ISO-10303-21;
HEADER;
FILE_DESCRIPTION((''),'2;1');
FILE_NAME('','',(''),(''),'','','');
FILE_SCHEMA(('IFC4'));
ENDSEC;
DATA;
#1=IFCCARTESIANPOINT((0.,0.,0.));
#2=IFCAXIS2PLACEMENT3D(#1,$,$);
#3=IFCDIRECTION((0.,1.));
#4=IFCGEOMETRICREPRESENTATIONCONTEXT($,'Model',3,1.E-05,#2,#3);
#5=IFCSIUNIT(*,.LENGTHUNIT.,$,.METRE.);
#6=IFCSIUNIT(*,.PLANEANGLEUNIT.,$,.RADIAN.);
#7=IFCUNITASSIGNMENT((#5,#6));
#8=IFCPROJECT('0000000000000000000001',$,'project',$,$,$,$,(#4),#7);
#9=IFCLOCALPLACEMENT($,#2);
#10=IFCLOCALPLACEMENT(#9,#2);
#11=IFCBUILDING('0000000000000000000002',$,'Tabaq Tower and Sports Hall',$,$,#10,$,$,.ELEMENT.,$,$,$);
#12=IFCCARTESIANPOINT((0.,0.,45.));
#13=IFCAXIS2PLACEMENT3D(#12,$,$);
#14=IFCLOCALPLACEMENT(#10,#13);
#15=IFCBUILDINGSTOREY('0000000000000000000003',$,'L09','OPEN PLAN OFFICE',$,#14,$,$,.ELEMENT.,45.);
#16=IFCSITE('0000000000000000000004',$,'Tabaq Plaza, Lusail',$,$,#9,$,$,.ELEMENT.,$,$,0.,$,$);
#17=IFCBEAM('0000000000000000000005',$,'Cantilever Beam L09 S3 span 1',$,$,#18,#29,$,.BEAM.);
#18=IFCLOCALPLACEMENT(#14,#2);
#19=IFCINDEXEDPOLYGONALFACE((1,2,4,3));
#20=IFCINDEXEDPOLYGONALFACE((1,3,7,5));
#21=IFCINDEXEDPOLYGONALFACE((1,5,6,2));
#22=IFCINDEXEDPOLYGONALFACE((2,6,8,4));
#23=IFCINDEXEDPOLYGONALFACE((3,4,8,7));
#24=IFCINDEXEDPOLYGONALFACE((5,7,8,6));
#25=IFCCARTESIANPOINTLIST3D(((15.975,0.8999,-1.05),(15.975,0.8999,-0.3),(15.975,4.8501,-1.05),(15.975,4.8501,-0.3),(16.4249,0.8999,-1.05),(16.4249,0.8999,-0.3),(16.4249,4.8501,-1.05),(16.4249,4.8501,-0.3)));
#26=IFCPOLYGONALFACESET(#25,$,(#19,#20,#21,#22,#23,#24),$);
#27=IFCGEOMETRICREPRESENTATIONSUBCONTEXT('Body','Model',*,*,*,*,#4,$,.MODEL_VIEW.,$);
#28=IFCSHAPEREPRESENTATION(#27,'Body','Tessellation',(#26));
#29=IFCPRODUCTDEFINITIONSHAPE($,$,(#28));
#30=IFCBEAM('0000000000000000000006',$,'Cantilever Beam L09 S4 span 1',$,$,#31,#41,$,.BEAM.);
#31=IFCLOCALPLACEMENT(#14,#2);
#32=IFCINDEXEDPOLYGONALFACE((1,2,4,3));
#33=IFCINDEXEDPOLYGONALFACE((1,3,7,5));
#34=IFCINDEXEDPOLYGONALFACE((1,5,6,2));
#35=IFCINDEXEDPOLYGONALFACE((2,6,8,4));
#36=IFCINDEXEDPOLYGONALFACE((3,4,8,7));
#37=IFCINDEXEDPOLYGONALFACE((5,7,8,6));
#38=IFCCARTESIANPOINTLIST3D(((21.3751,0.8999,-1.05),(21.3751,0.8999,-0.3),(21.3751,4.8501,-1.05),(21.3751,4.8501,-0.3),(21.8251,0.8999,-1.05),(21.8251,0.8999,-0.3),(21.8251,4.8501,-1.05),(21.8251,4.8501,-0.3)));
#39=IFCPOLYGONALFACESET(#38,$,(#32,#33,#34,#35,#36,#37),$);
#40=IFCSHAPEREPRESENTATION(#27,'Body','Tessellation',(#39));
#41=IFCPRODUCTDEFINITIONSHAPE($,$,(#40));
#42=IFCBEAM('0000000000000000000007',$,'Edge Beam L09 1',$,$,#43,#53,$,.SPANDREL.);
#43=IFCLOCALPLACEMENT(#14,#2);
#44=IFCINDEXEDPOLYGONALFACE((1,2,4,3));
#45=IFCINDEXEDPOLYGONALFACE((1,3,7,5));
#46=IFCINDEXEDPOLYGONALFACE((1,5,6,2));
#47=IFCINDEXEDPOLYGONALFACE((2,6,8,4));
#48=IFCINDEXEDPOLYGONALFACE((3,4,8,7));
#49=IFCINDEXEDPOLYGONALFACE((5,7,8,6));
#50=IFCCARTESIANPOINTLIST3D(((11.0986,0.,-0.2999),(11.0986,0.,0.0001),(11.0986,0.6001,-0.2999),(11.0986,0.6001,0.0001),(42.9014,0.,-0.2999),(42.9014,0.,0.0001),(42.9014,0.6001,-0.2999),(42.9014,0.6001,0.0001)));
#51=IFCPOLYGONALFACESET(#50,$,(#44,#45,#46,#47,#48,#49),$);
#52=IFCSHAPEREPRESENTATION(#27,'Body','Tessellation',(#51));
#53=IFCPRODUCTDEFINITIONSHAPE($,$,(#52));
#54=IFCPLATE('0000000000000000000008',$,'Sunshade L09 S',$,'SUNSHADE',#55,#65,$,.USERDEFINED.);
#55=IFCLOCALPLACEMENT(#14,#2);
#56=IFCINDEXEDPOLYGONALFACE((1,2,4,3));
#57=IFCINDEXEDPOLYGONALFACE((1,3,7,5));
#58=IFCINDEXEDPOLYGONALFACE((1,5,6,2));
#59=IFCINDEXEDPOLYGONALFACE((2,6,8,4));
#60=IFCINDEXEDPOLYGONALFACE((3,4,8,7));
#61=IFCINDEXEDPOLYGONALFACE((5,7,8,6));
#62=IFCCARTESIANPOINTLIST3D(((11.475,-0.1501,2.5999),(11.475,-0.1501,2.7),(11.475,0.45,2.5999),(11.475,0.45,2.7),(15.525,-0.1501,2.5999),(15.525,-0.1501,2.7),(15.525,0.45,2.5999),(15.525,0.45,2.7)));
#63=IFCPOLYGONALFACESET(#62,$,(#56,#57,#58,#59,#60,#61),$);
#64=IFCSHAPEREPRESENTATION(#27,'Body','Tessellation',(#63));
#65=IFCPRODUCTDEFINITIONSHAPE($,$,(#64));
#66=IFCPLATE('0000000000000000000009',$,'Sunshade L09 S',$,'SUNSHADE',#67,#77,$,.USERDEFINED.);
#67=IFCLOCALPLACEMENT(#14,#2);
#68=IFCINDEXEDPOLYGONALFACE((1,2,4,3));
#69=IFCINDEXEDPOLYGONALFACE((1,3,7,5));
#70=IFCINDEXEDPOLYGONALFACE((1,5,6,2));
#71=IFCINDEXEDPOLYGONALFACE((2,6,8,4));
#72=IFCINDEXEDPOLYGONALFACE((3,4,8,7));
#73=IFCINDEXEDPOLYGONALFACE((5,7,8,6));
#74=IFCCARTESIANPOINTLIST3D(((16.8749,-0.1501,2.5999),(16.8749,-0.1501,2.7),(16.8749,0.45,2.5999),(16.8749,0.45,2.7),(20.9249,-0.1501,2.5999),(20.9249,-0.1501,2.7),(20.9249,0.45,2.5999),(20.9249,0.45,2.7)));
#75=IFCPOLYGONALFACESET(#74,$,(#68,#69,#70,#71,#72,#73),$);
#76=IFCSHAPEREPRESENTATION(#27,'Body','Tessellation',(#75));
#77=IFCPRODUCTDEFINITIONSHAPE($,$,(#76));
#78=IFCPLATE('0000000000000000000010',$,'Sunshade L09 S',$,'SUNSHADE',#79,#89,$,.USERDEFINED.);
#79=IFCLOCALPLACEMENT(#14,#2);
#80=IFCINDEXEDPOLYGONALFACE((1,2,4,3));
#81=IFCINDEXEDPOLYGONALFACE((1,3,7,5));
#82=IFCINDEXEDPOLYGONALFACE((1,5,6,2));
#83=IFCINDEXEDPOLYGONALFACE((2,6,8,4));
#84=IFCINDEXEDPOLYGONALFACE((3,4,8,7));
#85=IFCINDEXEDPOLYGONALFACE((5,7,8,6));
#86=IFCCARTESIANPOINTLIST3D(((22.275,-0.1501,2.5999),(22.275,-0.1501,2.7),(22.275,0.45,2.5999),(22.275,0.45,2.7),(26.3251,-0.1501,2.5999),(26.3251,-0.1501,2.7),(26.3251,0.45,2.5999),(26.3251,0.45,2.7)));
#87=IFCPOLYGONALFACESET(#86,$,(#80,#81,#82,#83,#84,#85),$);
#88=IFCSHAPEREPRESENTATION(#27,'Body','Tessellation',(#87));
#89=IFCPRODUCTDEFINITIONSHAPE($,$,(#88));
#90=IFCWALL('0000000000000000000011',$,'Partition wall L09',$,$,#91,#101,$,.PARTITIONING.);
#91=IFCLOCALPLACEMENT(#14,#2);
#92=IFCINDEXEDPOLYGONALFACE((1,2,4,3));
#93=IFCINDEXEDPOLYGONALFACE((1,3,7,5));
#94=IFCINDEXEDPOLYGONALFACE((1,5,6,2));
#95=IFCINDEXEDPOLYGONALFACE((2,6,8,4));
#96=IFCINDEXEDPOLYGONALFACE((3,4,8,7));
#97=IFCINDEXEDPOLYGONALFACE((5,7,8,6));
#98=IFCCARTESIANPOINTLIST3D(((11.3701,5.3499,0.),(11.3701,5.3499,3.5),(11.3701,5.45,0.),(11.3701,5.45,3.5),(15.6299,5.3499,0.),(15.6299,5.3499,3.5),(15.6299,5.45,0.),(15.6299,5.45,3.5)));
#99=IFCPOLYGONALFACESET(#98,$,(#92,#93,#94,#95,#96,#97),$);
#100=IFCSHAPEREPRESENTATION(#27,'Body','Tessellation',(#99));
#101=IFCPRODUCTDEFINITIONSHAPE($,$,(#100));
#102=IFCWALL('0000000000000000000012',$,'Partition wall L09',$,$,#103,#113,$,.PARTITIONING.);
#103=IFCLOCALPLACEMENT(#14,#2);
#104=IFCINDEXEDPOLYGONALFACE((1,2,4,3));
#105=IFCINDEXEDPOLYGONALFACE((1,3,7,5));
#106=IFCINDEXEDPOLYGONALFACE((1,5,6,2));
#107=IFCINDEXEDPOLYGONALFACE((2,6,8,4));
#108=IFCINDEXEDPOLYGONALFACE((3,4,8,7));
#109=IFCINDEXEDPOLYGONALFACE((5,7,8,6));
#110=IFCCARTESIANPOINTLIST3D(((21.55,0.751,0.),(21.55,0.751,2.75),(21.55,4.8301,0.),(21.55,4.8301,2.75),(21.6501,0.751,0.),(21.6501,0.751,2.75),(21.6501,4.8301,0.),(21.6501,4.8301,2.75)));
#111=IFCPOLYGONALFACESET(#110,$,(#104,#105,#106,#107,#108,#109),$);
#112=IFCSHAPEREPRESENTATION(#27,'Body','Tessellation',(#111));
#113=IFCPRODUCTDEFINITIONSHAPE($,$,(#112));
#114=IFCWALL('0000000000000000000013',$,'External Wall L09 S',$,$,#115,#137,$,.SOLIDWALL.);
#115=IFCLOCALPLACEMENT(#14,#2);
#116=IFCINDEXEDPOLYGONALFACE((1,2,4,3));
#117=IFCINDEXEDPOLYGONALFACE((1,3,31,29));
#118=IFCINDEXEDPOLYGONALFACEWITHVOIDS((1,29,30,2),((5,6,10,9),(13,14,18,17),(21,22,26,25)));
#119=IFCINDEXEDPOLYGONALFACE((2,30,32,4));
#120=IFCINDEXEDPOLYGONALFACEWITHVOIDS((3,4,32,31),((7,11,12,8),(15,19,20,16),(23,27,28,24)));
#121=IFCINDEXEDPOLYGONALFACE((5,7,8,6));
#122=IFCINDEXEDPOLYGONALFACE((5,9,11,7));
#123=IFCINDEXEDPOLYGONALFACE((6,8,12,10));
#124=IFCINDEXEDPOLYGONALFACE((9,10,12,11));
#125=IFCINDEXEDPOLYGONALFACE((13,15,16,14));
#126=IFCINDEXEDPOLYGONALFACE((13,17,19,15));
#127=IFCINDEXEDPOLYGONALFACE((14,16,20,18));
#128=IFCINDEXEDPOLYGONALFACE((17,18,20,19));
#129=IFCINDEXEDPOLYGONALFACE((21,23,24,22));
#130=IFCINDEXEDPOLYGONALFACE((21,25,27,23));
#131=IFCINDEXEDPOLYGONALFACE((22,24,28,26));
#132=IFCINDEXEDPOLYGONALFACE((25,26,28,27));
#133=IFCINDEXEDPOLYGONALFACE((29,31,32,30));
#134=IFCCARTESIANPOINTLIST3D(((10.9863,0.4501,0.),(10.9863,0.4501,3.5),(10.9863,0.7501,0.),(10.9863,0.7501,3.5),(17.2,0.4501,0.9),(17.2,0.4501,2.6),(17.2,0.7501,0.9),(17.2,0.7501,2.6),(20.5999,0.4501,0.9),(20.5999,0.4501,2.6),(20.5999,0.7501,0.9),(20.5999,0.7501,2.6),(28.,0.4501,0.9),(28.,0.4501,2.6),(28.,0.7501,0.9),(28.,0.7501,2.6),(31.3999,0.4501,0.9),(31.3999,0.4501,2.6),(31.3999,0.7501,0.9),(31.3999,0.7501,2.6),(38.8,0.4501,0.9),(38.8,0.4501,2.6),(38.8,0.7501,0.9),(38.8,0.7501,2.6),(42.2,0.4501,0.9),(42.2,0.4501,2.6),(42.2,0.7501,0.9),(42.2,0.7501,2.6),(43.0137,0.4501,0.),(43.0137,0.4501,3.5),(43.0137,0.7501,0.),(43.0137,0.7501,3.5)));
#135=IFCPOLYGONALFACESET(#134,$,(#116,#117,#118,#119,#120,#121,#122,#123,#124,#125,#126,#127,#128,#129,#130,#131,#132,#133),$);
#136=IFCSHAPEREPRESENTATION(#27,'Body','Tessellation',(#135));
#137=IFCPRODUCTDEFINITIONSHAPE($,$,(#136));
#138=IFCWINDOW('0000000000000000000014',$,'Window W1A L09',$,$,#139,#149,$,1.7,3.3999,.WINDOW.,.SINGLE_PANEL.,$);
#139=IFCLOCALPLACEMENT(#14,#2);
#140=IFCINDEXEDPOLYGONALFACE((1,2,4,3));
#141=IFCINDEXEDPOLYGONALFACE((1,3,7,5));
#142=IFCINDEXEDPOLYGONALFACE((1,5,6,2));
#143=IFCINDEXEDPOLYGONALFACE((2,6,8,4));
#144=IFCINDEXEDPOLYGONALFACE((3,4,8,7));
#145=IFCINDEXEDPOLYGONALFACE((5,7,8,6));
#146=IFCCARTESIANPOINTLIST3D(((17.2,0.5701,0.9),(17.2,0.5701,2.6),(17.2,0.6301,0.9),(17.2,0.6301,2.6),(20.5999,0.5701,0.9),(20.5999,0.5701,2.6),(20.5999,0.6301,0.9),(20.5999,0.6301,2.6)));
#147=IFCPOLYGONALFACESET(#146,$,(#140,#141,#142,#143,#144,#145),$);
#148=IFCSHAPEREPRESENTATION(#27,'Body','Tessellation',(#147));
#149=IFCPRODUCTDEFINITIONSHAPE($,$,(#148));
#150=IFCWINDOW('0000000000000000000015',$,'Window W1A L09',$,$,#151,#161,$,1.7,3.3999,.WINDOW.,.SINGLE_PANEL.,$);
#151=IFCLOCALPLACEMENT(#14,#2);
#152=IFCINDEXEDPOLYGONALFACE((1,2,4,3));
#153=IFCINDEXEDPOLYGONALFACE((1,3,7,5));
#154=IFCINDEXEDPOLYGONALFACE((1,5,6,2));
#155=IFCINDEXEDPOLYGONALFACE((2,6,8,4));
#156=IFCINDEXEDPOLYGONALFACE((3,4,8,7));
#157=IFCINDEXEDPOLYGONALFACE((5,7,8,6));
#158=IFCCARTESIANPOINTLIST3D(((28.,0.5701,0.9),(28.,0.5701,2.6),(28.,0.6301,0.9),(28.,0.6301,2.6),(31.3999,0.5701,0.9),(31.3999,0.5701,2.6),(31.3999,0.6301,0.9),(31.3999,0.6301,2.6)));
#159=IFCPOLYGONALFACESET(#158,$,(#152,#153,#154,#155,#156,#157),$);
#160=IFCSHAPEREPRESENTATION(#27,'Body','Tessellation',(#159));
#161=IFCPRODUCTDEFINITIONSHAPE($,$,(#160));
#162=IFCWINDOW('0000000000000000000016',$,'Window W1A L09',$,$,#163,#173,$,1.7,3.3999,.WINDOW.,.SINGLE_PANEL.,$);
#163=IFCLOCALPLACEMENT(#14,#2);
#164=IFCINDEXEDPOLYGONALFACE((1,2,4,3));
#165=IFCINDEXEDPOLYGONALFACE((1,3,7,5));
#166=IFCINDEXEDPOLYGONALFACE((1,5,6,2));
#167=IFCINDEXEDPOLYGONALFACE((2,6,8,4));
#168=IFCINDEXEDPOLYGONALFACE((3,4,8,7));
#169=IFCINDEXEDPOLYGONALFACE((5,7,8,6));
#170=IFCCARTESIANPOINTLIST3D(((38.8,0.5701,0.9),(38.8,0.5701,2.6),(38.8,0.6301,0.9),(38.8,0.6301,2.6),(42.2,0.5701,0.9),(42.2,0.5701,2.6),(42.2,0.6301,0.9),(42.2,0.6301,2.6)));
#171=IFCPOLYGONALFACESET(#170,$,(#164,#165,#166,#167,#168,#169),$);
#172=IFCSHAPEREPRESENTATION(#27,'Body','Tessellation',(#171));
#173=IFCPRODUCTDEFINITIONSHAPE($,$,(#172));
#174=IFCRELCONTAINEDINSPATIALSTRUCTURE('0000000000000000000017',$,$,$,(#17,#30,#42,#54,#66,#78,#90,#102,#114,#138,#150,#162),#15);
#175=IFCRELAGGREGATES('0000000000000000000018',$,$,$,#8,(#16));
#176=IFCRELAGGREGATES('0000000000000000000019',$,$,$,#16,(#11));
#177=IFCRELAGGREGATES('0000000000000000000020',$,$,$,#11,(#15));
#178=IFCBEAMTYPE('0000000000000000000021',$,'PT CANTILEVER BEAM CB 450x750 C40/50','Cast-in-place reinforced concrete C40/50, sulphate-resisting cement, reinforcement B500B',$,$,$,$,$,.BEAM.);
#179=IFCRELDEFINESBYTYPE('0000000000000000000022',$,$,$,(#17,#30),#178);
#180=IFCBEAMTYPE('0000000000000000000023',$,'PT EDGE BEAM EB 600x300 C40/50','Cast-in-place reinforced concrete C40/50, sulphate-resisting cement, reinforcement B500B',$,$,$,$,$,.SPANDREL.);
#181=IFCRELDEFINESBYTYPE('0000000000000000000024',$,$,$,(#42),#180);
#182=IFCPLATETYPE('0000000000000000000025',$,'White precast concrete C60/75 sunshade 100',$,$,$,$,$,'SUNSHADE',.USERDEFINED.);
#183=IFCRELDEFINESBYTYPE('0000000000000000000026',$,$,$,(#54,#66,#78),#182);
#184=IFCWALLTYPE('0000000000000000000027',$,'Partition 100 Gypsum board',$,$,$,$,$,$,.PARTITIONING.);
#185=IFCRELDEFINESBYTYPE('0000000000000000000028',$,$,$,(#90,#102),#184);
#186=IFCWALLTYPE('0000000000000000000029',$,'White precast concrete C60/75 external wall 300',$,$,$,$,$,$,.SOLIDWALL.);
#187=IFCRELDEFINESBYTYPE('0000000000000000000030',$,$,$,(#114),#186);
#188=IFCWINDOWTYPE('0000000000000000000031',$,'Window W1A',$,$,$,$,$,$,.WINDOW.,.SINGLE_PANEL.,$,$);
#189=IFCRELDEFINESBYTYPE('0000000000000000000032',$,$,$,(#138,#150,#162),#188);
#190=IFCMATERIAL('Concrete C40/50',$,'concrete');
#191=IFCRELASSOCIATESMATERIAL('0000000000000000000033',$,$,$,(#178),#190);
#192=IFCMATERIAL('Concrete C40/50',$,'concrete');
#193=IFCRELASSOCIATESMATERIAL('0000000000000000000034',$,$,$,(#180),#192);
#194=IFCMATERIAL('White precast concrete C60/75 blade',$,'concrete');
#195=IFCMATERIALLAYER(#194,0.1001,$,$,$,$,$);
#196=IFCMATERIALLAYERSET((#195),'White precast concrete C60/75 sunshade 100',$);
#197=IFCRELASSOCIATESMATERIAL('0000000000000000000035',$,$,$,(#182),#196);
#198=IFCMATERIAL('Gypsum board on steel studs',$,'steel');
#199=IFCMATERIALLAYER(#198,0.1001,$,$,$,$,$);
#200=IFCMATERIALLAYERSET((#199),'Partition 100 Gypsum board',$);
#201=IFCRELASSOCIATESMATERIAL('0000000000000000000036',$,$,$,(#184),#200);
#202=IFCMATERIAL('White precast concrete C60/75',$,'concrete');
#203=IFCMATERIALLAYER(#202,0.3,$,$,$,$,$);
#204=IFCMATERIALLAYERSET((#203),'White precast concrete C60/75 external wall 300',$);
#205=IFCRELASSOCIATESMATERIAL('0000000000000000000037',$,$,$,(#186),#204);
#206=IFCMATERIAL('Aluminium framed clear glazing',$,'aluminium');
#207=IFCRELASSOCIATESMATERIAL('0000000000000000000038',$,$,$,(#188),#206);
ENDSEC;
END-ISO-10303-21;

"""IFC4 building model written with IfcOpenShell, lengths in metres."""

from ifc_helpers import new_model, si_unit, direction, frame, frame_2d, origin, origin_2d, place, context, subcontext, project, spatial, rectangle, extrude, material, layer, layer_set, material_profile, profile_set, type_object, element, fill, save


model = new_model("IFC4")

# Units and contexts
model_context = context("Model", 3, precision=1e-05, world=origin(), true_north=direction((0.0, 1.0)))
body_context = subcontext(model_context, "Body", "Model", "MODEL_VIEW")
ifc_project = project(units=[si_unit("LENGTHUNIT", "METRE"), si_unit("PLANEANGLEUNIT", "RADIAN")], contexts=[model_context])

# Site, building, storey
site_placement = place(None, origin())
site = spatial("IfcSite", under=ifc_project, at=site_placement, Name="Tabaq Plaza, Lusail", CompositionType="ELEMENT", RefElevation=0.0)
building_placement = place(site_placement, origin())
building = spatial("IfcBuilding", under=site, at=building_placement, Name="Tabaq Tower and Sports Hall", CompositionType="ELEMENT")
storey_placement = place(building_placement, frame((0.0, 0.0, 45.0)))
storey = spatial("IfcBuildingStorey", under=building, at=storey_placement, Name="L09", Description="OPEN PLAN OFFICE", CompositionType="ELEMENT", Elevation=45.0)

# Beams
ifc_material_1 = material(Name="Concrete C40/50", Category="concrete")
ifc_material_profile_1 = material_profile(ifc_material_1, rectangle(XDim=0.45, YDim=0.75, at=origin_2d()), Name="CB 450x750")
ifc_profile_set_1 = profile_set([ifc_material_profile_1], Name="Concrete C40/50")
beam_type_1 = type_object("IfcBeamType", Name="PT CANTILEVER BEAM CB 450x750 C40/50", Description="Cast-in-place reinforced concrete C40/50, sulphate-resisting cement, reinforcement B500B", PredefinedType="BEAM", material=ifc_profile_set_1)
for number, where, z_axis, x_axis, name in (
    (1, (16.2, 0.8999, -0.675), (0.0, 1.0, 0.0), (-1.0, 0.0, 0.0), "Cantilever Beam L09 S3 span 1"),
    (2, (21.6001, 0.8999, -0.675), (0.0, 1.0, 0.0), (-1.0, 0.0, 0.0), "Cantilever Beam L09 S4 span 1"),
):
    element("IfcBeam", number, at=place(storey_placement, frame(where, z_axis=z_axis, x_axis=x_axis)), inside=storey, type_object=beam_type_1, Name=name, PredefinedType="BEAM", context=body_context, shape_type="SweptSolid", body=[
        extrude(rectangle(XDim=0.45, YDim=0.75, at=origin_2d()), origin(), (0.0, 0.0, 1.0), 3.9502),
    ])
ifc_material_2 = material(Name="Concrete C40/50", Category="concrete")
ifc_material_profile_2 = material_profile(ifc_material_2, rectangle(XDim=0.6001, YDim=0.3, at=origin_2d()), Name="EB 600x300")
ifc_profile_set_2 = profile_set([ifc_material_profile_2], Name="Concrete C40/50")
beam_type_2 = type_object("IfcBeamType", Name="PT EDGE BEAM EB 600x300 C40/50", Description="Cast-in-place reinforced concrete C40/50, sulphate-resisting cement, reinforcement B500B", PredefinedType="SPANDREL", material=ifc_profile_set_2)
beam_placement = place(storey_placement, frame((11.0986, 0.3, -0.1499), z_axis=(1.0, 0.0, 0.0), x_axis=(0.0, 1.0, 0.0)))
element("IfcBeam", 3, at=beam_placement, inside=storey, type_object=beam_type_2, Name="Edge Beam L09 1", PredefinedType="SPANDREL", context=body_context, shape_type="SweptSolid", body=[
    extrude(rectangle(XDim=0.6001, YDim=0.3, at=origin_2d()), origin(), (0.0, 0.0, 1.0), 31.8027),
])

# Plates
ifc_material_3 = material(Name="White precast concrete C60/75 blade", Category="concrete")
ifc_layer_1 = layer(ifc_material_3, 0.1001)
ifc_layer_set_1 = layer_set([ifc_layer_1], Name="White precast concrete C60/75 sunshade 100")
plate_type = type_object("IfcPlateType", Name="White precast concrete C60/75 sunshade 100", ElementType="SUNSHADE", PredefinedType="USERDEFINED", material=ifc_layer_set_1)
for number, where, z_axis, x_axis, name in (
    (4, (13.5, 0.1499, 2.5999), (0.0, 0.0, 1.0), (1.0, 0.0, 0.0), "Sunshade L09 S"),
    (5, (18.8999, 0.1499, 2.5999), (0.0, 0.0, 1.0), (1.0, 0.0, 0.0), "Sunshade L09 S"),
    (6, (24.3, 0.1499, 2.5999), (0.0, 0.0, 1.0), (1.0, 0.0, 0.0), "Sunshade L09 S"),
):
    element("IfcPlate", number, at=place(storey_placement, frame(where, z_axis=z_axis, x_axis=x_axis)), inside=storey, type_object=plate_type, Name=name, ObjectType="SUNSHADE", PredefinedType="USERDEFINED", context=body_context, shape_type="SweptSolid", body=[
        extrude(rectangle(XDim=4.05, YDim=0.6001, at=origin_2d()), origin(), (0.0, 0.0, 1.0), 0.1001),
    ])

# Walls
ifc_material_4 = material(Name="Gypsum board on steel studs", Category="steel")
ifc_layer_2 = layer(ifc_material_4, 0.1001)
ifc_layer_set_2 = layer_set([ifc_layer_2], Name="Partition 100 Gypsum board")
wall_type_1 = type_object("IfcWallType", Name="Partition 100 Gypsum board", PredefinedType="PARTITIONING", material=ifc_layer_set_2)
wall_1_placement = place(storey_placement, frame((11.3701, 5.3999, 0.0), z_axis=(0.0, 0.0, 1.0), x_axis=(1.0, 0.0, 0.0)))
element("IfcWall", 7, at=wall_1_placement, inside=storey, type_object=wall_type_1, Name="Partition wall L09", PredefinedType="PARTITIONING", context=body_context, shape_type="SweptSolid", body=[
    extrude(rectangle(XDim=4.2598, YDim=0.1001, at=frame_2d((2.1299, 0.0))), origin(), (0.0, 0.0, 1.0), 3.5),
])
wall_2_placement = place(storey_placement, frame((21.6001, 0.751, 0.0), z_axis=(0.0, 0.0, 1.0), x_axis=(0.0, 1.0, 0.0)))
element("IfcWall", 8, at=wall_2_placement, inside=storey, type_object=wall_type_1, Name="Partition wall L09", PredefinedType="PARTITIONING", context=body_context, shape_type="SweptSolid", body=[
    extrude(rectangle(XDim=4.0791, YDim=0.1001, at=frame_2d((2.0396, 0.0))), origin(), (0.0, 0.0, 1.0), 2.75),
])

# Wall, openings, windows
ifc_material_5 = material(Name="White precast concrete C60/75", Category="concrete")
ifc_layer_3 = layer(ifc_material_5, 0.3)
ifc_layer_set_3 = layer_set([ifc_layer_3], Name="White precast concrete C60/75 external wall 300")
wall_type_2 = type_object("IfcWallType", Name="White precast concrete C60/75 external wall 300", PredefinedType="SOLIDWALL", material=ifc_layer_set_3)
wall_3_placement = place(storey_placement, frame((10.9863, 0.6001, 0.0), z_axis=(0.0, 0.0, 1.0), x_axis=(1.0, 0.0, 0.0)))
wall_3 = element("IfcWall", 9, at=wall_3_placement, inside=storey, type_object=wall_type_2, Name="External Wall L09 S", PredefinedType="SOLIDWALL", context=body_context, shape_type="SweptSolid", body=[
    extrude(rectangle(XDim=32.0273, YDim=0.3, at=frame_2d((16.0137, 0.0))), origin(), (0.0, 0.0, 1.0), 3.5),
])
opening_1_placement = place(wall_3_placement, frame((6.2136, 0.0, 0.8999)))
opening_1 = element("IfcOpeningElement", 10, at=opening_1_placement, cuts=wall_3, PredefinedType="OPENING", context=body_context, shape_type="SweptSolid", body=[
    extrude(rectangle(XDim=3.3999, YDim=1.7, at=frame_2d((1.7, 0.8501))), frame((0.0, 0.1602, 0.0), z_axis=(0.0, -1.0, 0.0), x_axis=(1.0, 0.0, 0.0)), (0.0, 0.0, 1.0), 0.3201),
])
opening_2_placement = place(wall_3_placement, frame((17.0137, 0.0, 0.8999)))
opening_2 = element("IfcOpeningElement", 11, at=opening_2_placement, cuts=wall_3, PredefinedType="OPENING", context=body_context, shape_type="SweptSolid", body=[
    extrude(rectangle(XDim=3.3999, YDim=1.7, at=frame_2d((1.7, 0.8501))), frame((0.0, 0.1602, 0.0), z_axis=(0.0, -1.0, 0.0), x_axis=(1.0, 0.0, 0.0)), (0.0, 0.0, 1.0), 0.3201),
])
opening_3_placement = place(wall_3_placement, frame((27.8137, 0.0, 0.8999)))
opening_3 = element("IfcOpeningElement", 12, at=opening_3_placement, cuts=wall_3, PredefinedType="OPENING", context=body_context, shape_type="SweptSolid", body=[
    extrude(rectangle(XDim=3.3999, YDim=1.7, at=frame_2d((1.7, 0.8501))), frame((0.0, 0.1602, 0.0), z_axis=(0.0, -1.0, 0.0), x_axis=(1.0, 0.0, 0.0)), (0.0, 0.0, 1.0), 0.3201),
])
ifc_material_6 = material(Name="Aluminium framed clear glazing", Category="aluminium")
window_type = type_object("IfcWindowType", Name="Window W1A", PartitioningType="SINGLE_PANEL", PredefinedType="WINDOW", material=ifc_material_6)
window_1_placement = place(opening_1_placement, origin())
window_1 = element("IfcWindow", 13, at=window_1_placement, inside=storey, type_object=window_type, Name="Window W1A L09", OverallHeight=1.7, OverallWidth=3.3999, PartitioningType="SINGLE_PANEL", PredefinedType="WINDOW", context=body_context, shape_type="SweptSolid", body=[
    extrude(rectangle(XDim=3.3999, YDim=1.7, at=frame_2d((1.7, 0.8501))), frame((0.0, 0.03, 0.0), z_axis=(0.0, -1.0, 0.0), x_axis=(1.0, 0.0, 0.0)), (0.0, 0.0, 1.0), 0.0601),
])
fill(opening_1, window_1)
window_2_placement = place(opening_2_placement, origin())
window_2 = element("IfcWindow", 14, at=window_2_placement, inside=storey, type_object=window_type, Name="Window W1A L09", OverallHeight=1.7, OverallWidth=3.3999, PartitioningType="SINGLE_PANEL", PredefinedType="WINDOW", context=body_context, shape_type="SweptSolid", body=[
    extrude(rectangle(XDim=3.3999, YDim=1.7, at=frame_2d((1.7, 0.8501))), frame((0.0, 0.03, 0.0), z_axis=(0.0, -1.0, 0.0), x_axis=(1.0, 0.0, 0.0)), (0.0, 0.0, 1.0), 0.0601),
])
fill(opening_2, window_2)
window_3_placement = place(opening_3_placement, origin())
window_3 = element("IfcWindow", 15, at=window_3_placement, inside=storey, type_object=window_type, Name="Window W1A L09", OverallHeight=1.7, OverallWidth=3.3999, PartitioningType="SINGLE_PANEL", PredefinedType="WINDOW", context=body_context, shape_type="SweptSolid", body=[
    extrude(rectangle(XDim=3.3999, YDim=1.7, at=frame_2d((1.7, 0.8501))), frame((0.0, 0.03, 0.0), z_axis=(0.0, -1.0, 0.0), x_axis=(1.0, 0.0, 0.0)), (0.0, 0.0, 1.0), 0.0601),
])
fill(opening_3, window_3)

save(model, "model.ifc")
